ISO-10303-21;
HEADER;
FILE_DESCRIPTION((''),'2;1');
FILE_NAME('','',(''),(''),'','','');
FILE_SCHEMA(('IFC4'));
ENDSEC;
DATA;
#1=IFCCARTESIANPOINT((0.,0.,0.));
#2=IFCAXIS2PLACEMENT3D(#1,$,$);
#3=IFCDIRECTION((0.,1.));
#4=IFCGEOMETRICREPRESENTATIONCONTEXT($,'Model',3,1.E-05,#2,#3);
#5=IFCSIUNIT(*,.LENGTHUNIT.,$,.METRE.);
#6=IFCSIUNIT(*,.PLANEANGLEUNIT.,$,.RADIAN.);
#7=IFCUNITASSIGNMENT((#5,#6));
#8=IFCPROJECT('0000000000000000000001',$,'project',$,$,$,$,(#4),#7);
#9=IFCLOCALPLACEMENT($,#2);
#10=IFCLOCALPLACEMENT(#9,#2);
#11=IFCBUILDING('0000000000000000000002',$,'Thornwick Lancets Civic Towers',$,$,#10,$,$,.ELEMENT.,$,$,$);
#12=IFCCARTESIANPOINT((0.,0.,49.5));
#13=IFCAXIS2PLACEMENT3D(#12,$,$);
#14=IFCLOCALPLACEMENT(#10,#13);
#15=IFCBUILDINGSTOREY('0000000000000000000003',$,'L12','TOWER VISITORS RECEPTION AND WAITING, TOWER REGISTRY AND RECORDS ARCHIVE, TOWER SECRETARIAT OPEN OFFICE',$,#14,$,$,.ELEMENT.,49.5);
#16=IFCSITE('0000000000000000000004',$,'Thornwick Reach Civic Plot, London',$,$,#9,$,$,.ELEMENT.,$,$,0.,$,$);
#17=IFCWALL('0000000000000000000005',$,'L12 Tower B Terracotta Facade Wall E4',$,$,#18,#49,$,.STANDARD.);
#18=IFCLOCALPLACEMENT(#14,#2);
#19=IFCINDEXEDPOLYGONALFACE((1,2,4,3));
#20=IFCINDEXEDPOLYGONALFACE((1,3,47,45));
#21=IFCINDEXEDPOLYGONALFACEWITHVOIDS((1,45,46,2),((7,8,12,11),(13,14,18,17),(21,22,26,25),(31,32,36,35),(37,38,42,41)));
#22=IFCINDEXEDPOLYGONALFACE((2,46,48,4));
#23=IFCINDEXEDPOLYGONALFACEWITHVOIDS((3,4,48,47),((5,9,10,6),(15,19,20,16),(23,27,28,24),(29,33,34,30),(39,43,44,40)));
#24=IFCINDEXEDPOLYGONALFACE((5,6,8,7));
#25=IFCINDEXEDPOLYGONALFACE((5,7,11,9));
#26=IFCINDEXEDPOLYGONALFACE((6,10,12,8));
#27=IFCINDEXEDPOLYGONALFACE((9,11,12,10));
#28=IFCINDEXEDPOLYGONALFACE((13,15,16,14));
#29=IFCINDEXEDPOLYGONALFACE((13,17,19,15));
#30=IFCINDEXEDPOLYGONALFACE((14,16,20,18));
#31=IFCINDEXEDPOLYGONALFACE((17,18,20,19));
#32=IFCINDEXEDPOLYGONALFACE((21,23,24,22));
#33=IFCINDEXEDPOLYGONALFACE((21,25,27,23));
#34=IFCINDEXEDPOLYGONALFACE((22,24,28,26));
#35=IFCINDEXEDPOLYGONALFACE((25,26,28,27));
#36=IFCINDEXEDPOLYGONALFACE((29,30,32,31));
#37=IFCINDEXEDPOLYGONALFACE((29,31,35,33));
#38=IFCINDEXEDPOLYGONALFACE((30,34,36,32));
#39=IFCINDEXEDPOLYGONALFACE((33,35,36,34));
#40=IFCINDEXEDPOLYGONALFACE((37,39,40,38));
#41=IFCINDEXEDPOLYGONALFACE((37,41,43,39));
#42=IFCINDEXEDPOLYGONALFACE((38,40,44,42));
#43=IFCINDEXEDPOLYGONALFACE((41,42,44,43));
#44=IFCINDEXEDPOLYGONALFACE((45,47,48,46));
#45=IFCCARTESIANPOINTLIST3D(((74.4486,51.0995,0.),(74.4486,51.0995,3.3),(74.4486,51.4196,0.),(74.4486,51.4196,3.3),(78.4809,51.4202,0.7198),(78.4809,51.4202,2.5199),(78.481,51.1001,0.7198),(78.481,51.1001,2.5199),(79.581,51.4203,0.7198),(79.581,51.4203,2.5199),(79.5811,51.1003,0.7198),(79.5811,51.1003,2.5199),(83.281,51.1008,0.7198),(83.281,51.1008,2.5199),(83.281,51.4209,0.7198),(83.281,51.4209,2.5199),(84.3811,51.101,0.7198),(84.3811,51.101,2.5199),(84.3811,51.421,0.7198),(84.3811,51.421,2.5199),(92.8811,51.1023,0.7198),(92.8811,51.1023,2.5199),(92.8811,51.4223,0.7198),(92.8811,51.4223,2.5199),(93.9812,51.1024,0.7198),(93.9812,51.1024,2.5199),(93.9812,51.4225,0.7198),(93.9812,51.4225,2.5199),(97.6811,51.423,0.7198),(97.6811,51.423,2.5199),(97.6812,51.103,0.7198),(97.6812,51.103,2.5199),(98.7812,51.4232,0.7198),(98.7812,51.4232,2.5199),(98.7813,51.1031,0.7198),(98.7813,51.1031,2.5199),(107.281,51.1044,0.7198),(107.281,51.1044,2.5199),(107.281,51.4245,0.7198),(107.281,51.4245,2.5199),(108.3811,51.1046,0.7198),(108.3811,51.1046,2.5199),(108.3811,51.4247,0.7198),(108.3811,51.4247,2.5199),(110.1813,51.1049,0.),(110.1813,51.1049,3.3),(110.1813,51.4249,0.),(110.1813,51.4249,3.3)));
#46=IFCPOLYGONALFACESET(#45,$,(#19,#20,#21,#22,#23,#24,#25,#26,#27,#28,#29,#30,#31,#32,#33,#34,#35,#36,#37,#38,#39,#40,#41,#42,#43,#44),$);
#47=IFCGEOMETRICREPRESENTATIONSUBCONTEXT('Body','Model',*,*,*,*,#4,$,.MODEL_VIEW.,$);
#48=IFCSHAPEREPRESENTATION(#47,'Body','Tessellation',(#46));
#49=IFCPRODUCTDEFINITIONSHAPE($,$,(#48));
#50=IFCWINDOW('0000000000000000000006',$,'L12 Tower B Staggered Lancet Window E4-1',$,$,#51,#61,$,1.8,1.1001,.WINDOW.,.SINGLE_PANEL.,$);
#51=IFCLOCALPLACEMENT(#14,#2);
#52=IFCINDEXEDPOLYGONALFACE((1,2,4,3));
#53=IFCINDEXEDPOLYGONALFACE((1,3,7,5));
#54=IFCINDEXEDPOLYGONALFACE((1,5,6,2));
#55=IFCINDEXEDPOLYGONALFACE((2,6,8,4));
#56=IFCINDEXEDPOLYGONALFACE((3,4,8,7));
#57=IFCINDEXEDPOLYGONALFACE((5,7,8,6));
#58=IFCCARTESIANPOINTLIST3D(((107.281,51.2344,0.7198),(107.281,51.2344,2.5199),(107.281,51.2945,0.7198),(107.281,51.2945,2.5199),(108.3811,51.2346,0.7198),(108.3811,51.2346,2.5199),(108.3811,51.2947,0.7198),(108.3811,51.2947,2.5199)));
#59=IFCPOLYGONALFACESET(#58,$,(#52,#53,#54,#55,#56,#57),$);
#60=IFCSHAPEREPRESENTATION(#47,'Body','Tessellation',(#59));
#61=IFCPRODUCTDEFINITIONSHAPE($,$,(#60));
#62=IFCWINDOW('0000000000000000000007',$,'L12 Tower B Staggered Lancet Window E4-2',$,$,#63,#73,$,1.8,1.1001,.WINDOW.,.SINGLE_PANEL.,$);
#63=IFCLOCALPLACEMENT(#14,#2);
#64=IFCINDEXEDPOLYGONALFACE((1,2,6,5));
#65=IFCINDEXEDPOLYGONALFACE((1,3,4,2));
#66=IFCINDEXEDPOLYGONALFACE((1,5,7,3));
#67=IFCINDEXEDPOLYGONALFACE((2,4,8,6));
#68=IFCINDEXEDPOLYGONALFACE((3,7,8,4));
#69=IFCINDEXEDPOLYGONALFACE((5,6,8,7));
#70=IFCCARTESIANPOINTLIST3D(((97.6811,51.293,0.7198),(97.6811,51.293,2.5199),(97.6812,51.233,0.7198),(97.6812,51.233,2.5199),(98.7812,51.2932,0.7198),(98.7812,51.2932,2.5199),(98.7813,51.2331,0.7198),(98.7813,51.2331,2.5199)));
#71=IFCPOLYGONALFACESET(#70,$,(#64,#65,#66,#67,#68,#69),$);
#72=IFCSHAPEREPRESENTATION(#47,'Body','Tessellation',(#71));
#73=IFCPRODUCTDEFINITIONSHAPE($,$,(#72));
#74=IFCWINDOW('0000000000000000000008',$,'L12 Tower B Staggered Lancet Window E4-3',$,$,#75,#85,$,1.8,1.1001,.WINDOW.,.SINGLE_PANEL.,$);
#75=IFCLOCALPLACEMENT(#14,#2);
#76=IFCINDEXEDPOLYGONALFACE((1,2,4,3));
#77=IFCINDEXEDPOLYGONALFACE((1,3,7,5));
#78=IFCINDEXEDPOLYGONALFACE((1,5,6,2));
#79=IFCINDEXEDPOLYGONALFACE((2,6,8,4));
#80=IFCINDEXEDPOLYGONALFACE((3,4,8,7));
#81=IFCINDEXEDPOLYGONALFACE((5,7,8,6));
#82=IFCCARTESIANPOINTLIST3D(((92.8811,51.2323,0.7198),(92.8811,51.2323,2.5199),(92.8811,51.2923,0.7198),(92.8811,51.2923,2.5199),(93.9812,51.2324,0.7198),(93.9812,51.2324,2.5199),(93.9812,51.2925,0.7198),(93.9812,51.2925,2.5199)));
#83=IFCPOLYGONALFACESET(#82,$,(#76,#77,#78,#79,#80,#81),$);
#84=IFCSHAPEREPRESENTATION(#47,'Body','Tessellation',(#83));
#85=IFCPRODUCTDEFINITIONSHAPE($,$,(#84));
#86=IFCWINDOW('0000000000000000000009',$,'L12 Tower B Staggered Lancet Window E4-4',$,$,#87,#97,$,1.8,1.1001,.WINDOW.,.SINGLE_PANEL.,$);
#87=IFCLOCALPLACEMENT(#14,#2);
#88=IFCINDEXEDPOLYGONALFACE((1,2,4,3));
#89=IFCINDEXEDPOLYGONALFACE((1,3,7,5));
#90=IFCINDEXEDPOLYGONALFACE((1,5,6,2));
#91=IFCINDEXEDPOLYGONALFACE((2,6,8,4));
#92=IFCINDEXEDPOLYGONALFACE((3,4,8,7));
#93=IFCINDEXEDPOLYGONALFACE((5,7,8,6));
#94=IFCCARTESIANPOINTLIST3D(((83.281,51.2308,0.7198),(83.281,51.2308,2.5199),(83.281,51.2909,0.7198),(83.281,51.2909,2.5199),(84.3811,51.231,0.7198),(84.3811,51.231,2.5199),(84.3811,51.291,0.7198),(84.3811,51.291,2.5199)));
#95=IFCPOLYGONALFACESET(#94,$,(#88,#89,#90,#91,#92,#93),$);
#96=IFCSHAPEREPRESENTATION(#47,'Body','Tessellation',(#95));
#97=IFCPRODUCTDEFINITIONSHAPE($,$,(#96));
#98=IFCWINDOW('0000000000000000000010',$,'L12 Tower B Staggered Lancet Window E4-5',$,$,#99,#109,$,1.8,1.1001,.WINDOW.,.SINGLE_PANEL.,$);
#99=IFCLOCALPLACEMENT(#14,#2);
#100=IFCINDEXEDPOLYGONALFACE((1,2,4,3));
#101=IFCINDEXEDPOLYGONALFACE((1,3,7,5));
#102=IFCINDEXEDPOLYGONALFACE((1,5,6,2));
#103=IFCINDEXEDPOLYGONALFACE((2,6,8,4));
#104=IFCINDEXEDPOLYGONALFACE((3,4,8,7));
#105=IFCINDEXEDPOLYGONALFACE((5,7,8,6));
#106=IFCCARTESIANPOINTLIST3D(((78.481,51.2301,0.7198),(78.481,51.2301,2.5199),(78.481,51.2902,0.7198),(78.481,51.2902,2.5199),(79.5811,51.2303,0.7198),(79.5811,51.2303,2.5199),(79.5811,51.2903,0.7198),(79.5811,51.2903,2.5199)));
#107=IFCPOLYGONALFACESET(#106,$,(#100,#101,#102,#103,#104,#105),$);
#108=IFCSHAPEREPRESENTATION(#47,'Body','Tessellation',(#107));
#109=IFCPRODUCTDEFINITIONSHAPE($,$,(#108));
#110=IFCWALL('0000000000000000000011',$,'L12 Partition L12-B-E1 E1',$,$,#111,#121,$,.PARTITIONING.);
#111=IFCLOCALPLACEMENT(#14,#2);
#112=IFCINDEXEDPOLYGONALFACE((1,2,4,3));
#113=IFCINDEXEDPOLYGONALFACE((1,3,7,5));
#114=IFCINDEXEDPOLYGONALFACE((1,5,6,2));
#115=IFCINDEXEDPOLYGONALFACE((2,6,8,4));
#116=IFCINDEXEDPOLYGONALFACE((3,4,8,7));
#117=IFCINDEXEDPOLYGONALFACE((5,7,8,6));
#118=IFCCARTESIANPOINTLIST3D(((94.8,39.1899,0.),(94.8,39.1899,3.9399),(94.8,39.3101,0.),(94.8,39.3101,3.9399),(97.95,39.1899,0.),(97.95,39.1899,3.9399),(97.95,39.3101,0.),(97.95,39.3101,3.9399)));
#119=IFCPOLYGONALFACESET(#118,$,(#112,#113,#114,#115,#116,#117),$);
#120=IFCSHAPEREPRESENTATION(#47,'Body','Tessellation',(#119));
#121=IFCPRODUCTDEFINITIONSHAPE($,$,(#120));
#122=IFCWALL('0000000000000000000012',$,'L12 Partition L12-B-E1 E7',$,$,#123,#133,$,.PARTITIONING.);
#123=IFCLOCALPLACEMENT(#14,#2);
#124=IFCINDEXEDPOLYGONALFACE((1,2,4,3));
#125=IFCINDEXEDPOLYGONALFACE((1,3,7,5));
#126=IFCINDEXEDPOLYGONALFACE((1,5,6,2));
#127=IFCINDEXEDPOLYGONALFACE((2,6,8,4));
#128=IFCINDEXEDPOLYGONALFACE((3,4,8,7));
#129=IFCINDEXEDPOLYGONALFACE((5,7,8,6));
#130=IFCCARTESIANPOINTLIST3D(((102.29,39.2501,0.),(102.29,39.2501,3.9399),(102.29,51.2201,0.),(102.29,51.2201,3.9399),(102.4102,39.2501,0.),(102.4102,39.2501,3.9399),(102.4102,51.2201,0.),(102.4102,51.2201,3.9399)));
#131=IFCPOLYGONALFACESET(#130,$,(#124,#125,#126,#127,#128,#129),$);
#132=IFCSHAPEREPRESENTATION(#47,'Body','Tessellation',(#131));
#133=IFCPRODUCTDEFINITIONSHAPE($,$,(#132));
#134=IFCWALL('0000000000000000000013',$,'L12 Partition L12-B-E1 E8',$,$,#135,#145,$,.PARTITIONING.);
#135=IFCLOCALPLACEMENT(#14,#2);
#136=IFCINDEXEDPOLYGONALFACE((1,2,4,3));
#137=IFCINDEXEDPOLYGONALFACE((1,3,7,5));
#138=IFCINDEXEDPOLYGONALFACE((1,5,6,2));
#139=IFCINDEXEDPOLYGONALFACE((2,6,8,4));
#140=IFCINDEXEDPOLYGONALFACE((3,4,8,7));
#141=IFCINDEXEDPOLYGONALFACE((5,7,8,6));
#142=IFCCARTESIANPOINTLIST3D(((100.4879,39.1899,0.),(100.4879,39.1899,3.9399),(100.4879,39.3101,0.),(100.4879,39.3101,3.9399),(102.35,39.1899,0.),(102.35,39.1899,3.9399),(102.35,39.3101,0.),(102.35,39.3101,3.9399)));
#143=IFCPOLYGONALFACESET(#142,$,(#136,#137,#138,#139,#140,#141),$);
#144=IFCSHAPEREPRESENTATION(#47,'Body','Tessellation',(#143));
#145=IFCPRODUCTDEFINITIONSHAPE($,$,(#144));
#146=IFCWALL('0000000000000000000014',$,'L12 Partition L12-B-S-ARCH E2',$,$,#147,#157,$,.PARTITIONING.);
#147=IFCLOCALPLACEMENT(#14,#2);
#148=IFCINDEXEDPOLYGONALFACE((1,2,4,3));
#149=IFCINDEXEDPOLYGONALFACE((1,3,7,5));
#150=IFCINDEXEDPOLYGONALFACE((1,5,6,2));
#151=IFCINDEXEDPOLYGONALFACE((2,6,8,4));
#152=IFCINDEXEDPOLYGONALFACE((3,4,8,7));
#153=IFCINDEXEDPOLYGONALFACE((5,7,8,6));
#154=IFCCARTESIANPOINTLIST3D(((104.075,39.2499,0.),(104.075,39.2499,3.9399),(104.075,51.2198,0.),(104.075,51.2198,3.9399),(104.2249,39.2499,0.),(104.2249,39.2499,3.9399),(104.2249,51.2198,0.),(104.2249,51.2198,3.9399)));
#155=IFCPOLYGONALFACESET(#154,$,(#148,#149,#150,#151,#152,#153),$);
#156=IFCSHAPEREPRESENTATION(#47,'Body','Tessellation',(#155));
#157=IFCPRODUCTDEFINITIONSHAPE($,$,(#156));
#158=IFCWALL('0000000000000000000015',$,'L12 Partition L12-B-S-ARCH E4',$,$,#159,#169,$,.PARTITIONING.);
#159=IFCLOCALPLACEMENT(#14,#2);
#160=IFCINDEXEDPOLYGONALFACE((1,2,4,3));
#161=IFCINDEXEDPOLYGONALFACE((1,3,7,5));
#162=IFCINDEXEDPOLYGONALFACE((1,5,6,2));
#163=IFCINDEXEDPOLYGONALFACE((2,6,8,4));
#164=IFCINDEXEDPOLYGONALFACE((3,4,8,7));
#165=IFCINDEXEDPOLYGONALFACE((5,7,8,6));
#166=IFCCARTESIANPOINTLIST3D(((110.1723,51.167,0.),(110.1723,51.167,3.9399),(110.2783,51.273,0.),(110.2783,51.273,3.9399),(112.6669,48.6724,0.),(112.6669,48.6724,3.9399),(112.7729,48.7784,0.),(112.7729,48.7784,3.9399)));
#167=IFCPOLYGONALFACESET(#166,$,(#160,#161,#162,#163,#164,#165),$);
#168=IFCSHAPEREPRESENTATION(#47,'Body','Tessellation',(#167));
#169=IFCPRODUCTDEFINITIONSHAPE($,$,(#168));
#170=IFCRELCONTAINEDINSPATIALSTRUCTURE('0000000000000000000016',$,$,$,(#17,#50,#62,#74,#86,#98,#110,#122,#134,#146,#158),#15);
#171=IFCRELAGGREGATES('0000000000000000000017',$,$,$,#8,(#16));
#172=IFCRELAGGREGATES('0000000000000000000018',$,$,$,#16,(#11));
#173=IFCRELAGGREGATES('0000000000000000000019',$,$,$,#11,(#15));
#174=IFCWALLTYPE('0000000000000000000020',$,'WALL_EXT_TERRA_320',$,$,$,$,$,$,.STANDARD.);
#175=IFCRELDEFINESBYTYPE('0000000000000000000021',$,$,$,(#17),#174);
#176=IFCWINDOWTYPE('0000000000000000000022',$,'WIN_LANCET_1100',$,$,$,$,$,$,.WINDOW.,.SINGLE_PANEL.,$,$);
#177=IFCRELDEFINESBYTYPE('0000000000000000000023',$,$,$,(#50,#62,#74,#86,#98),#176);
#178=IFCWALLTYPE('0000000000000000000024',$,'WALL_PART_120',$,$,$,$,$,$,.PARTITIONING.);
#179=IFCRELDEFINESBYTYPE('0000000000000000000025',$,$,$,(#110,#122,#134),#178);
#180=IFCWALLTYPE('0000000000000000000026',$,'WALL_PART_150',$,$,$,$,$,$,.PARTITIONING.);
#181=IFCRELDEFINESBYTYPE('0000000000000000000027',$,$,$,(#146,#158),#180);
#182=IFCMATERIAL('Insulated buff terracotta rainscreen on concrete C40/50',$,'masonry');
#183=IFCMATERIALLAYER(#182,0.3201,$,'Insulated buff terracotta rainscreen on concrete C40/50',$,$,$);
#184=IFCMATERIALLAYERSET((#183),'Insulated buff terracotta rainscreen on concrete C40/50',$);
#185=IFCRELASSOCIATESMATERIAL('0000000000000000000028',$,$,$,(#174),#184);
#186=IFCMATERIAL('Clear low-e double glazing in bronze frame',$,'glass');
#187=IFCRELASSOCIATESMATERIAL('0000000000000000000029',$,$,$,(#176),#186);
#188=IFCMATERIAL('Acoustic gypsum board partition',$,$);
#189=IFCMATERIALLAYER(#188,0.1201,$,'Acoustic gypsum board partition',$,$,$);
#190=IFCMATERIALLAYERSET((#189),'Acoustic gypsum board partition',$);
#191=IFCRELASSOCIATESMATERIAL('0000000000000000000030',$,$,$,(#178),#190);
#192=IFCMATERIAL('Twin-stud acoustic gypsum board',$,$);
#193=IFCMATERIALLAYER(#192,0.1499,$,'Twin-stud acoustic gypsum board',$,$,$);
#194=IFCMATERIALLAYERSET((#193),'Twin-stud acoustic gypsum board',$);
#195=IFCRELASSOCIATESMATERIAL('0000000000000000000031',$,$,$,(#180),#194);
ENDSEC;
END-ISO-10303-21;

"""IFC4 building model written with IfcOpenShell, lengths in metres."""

from ifc_helpers import new_model, si_unit, direction, frame, frame_2d, origin, place, context, subcontext, project, spatial, rectangle, extrude, material, layer, layer_set, type_object, element, fill, save


model = new_model("IFC4")

# Units and contexts
model_context = context("Model", 3, precision=1e-05, world=origin(), true_north=direction((0.0, 1.0)))
body_context = subcontext(model_context, "Body", "Model", "MODEL_VIEW")
ifc_project = project(units=[si_unit("LENGTHUNIT", "METRE"), si_unit("PLANEANGLEUNIT", "RADIAN")], contexts=[model_context])

# Site, building, storey
site_placement = place(None, origin())
site = spatial("IfcSite", under=ifc_project, at=site_placement, Name="Thornwick Reach Civic Plot, London", CompositionType="ELEMENT", RefElevation=0.0)
building_placement = place(site_placement, origin())
building = spatial("IfcBuilding", under=site, at=building_placement, Name="Thornwick Lancets Civic Towers", CompositionType="ELEMENT")
storey_placement = place(building_placement, frame((0.0, 0.0, 49.5)))
storey = spatial("IfcBuildingStorey", under=building, at=storey_placement, Name="L12", Description="TOWER VISITORS RECEPTION AND WAITING, TOWER REGISTRY AND RECORDS ARCHIVE, TOWER SECRETARIAT OPEN OFFICE", CompositionType="ELEMENT", Elevation=49.5)

# Wall, openings, windows
ifc_material_1 = material(Name="Insulated buff terracotta rainscreen on concrete C40/50", Category="masonry")
ifc_layer_1 = layer(ifc_material_1, 0.3201, Name="Insulated buff terracotta rainscreen on concrete C40/50")
ifc_layer_set_1 = layer_set([ifc_layer_1], Name="Insulated buff terracotta rainscreen on concrete C40/50")
wall_type_1 = type_object("IfcWallType", Name="WALL_EXT_TERRA_320", PredefinedType="STANDARD", material=ifc_layer_set_1)
wall_1_placement = place(storey_placement, frame((110.1812, 51.2649, 0.0), z_axis=(0.0, 0.0, 1.0), x_axis=(-1.0, -0.00015, 0.0)))
wall_1 = element("IfcWall", 1, at=wall_1_placement, inside=storey, type_object=wall_type_1, Name="L12 Tower B Terracotta Facade Wall E4", PredefinedType="STANDARD", context=body_context, shape_type="SweptSolid", body=[
    extrude(rectangle(XDim=35.7327, YDim=0.3201, at=frame_2d((17.8662, 0.0))), origin(), (0.0, 0.0, 1.0), 3.3),
])
opening_1_placement = place(wall_1_placement, frame((1.8, 0.0, 0.72)))
opening_1 = element("IfcOpeningElement", 2, at=opening_1_placement, cuts=wall_1, PredefinedType="OPENING", context=body_context, shape_type="SweptSolid", body=[
    extrude(rectangle(XDim=1.1001, YDim=1.8, at=frame_2d((0.55, 0.8999))), frame((0.0, 0.1699, 0.0), z_axis=(0.0, -1.0, 0.0), x_axis=(1.0, 0.0, 0.0)), (0.0, 0.0, 1.0), 0.3401),
])
opening_2_placement = place(wall_1_placement, frame((11.3999, 0.0, 0.72)))
opening_2 = element("IfcOpeningElement", 3, at=opening_2_placement, cuts=wall_1, PredefinedType="OPENING", context=body_context, shape_type="SweptSolid", body=[
    extrude(rectangle(XDim=1.1001, YDim=1.8, at=frame_2d((0.55, 0.8999))), frame((0.0, 0.1699, 0.0), z_axis=(0.0, -1.0, 0.0), x_axis=(1.0, 0.0, 0.0)), (0.0, 0.0, 1.0), 0.3401),
])
opening_3_placement = place(wall_1_placement, frame((16.2, 0.0, 0.72)))
opening_3 = element("IfcOpeningElement", 4, at=opening_3_placement, cuts=wall_1, PredefinedType="OPENING", context=body_context, shape_type="SweptSolid", body=[
    extrude(rectangle(XDim=1.1001, YDim=1.8, at=frame_2d((0.55, 0.8999))), frame((0.0, 0.1699, 0.0), z_axis=(0.0, -1.0, 0.0), x_axis=(1.0, 0.0, 0.0)), (0.0, 0.0, 1.0), 0.3401),
])
opening_4_placement = place(wall_1_placement, frame((25.8, 0.0, 0.72)))
opening_4 = element("IfcOpeningElement", 5, at=opening_4_placement, cuts=wall_1, PredefinedType="OPENING", context=body_context, shape_type="SweptSolid", body=[
    extrude(rectangle(XDim=1.1001, YDim=1.8, at=frame_2d((0.55, 0.8999))), frame((0.0, 0.1699, 0.0), z_axis=(0.0, -1.0, 0.0), x_axis=(1.0, 0.0, 0.0)), (0.0, 0.0, 1.0), 0.3401),
])
opening_5_placement = place(wall_1_placement, frame((30.6001, 0.0, 0.72)))
opening_5 = element("IfcOpeningElement", 6, at=opening_5_placement, cuts=wall_1, PredefinedType="OPENING", context=body_context, shape_type="SweptSolid", body=[
    extrude(rectangle(XDim=1.1001, YDim=1.8, at=frame_2d((0.55, 0.8999))), frame((0.0, 0.1699, 0.0), z_axis=(0.0, -1.0, 0.0), x_axis=(1.0, 0.0, 0.0)), (0.0, 0.0, 1.0), 0.3401),
])
ifc_material_2 = material(Name="Clear low-e double glazing in bronze frame", Category="glass")
window_type = type_object("IfcWindowType", Name="WIN_LANCET_1100", PartitioningType="SINGLE_PANEL", PredefinedType="WINDOW", material=ifc_material_2)
window_1_placement = place(opening_1_placement, origin())
window_1 = element("IfcWindow", 7, at=window_1_placement, inside=storey, type_object=window_type, Name="L12 Tower B Staggered Lancet Window E4-1", OverallHeight=1.8, OverallWidth=1.1001, PartitioningType="SINGLE_PANEL", PredefinedType="WINDOW", context=body_context, shape_type="SweptSolid", body=[
    extrude(rectangle(XDim=1.1001, YDim=1.8, at=frame_2d((0.55, 0.8999))), frame((0.0, 0.03, 0.0), z_axis=(0.0, -1.0, 0.0), x_axis=(1.0, 0.0, 0.0)), (0.0, 0.0, 1.0), 0.0601),
])
fill(opening_1, window_1)
window_2_placement = place(opening_2_placement, origin())
window_2 = element("IfcWindow", 8, at=window_2_placement, inside=storey, type_object=window_type, Name="L12 Tower B Staggered Lancet Window E4-2", OverallHeight=1.8, OverallWidth=1.1001, PartitioningType="SINGLE_PANEL", PredefinedType="WINDOW", context=body_context, shape_type="SweptSolid", body=[
    extrude(rectangle(XDim=1.1001, YDim=1.8, at=frame_2d((0.55, 0.8999))), frame((0.0, 0.03, 0.0), z_axis=(0.0, -1.0, 0.0), x_axis=(1.0, 0.0, 0.0)), (0.0, 0.0, 1.0), 0.0601),
])
fill(opening_2, window_2)
window_3_placement = place(opening_3_placement, origin())
window_3 = element("IfcWindow", 9, at=window_3_placement, inside=storey, type_object=window_type, Name="L12 Tower B Staggered Lancet Window E4-3", OverallHeight=1.8, OverallWidth=1.1001, PartitioningType="SINGLE_PANEL", PredefinedType="WINDOW", context=body_context, shape_type="SweptSolid", body=[
    extrude(rectangle(XDim=1.1001, YDim=1.8, at=frame_2d((0.55, 0.8999))), frame((0.0, 0.03, 0.0), z_axis=(0.0, -1.0, 0.0), x_axis=(1.0, 0.0, 0.0)), (0.0, 0.0, 1.0), 0.0601),
])
fill(opening_3, window_3)
window_4_placement = place(opening_4_placement, origin())
window_4 = element("IfcWindow", 10, at=window_4_placement, inside=storey, type_object=window_type, Name="L12 Tower B Staggered Lancet Window E4-4", OverallHeight=1.8, OverallWidth=1.1001, PartitioningType="SINGLE_PANEL", PredefinedType="WINDOW", context=body_context, shape_type="SweptSolid", body=[
    extrude(rectangle(XDim=1.1001, YDim=1.8, at=frame_2d((0.55, 0.8999))), frame((0.0, 0.03, 0.0), z_axis=(0.0, -1.0, 0.0), x_axis=(1.0, 0.0, 0.0)), (0.0, 0.0, 1.0), 0.0601),
])
fill(opening_4, window_4)
window_5_placement = place(opening_5_placement, origin())
window_5 = element("IfcWindow", 11, at=window_5_placement, inside=storey, type_object=window_type, Name="L12 Tower B Staggered Lancet Window E4-5", OverallHeight=1.8, OverallWidth=1.1001, PartitioningType="SINGLE_PANEL", PredefinedType="WINDOW", context=body_context, shape_type="SweptSolid", body=[
    extrude(rectangle(XDim=1.1001, YDim=1.8, at=frame_2d((0.55, 0.8999))), frame((0.0, 0.03, 0.0), z_axis=(0.0, -1.0, 0.0), x_axis=(1.0, 0.0, 0.0)), (0.0, 0.0, 1.0), 0.0601),
])
fill(opening_5, window_5)

# Walls
ifc_material_3 = material(Name="Acoustic gypsum board partition")
ifc_layer_2 = layer(ifc_material_3, 0.1201, Name="Acoustic gypsum board partition")
ifc_layer_set_2 = layer_set([ifc_layer_2], Name="Acoustic gypsum board partition")
wall_type_2 = type_object("IfcWallType", Name="WALL_PART_120", PredefinedType="PARTITIONING", material=ifc_layer_set_2)
wall_2_placement = place(storey_placement, frame((97.95, 39.25, 0.0), z_axis=(0.0, 0.0, 1.0), x_axis=(-1.0, 0.0, 0.0)))
element("IfcWall", 12, at=wall_2_placement, inside=storey, type_object=wall_type_2, Name="L12 Partition L12-B-E1 E1", PredefinedType="PARTITIONING", context=body_context, shape_type="SweptSolid", body=[
    extrude(rectangle(XDim=3.1499, YDim=0.1201, at=frame_2d((1.575, 0.0))), origin(), (0.0, 0.0, 1.0), 3.9399),
])
wall_3_placement = place(storey_placement, frame((102.3501, 51.22, 0.0), z_axis=(0.0, 0.0, 1.0), x_axis=(0.0, -1.0, 0.0)))
element("IfcWall", 13, at=wall_3_placement, inside=storey, type_object=wall_type_2, Name="L12 Partition L12-B-E1 E7", PredefinedType="PARTITIONING", context=body_context, shape_type="SweptSolid", body=[
    extrude(rectangle(XDim=11.97, YDim=0.1201, at=frame_2d((5.9849, 0.0))), origin(), (0.0, 0.0, 1.0), 3.9399),
])
wall_4_placement = place(storey_placement, frame((102.3501, 39.25, 0.0), z_axis=(0.0, 0.0, 1.0), x_axis=(-1.0, 0.0, 0.0)))
element("IfcWall", 14, at=wall_4_placement, inside=storey, type_object=wall_type_2, Name="L12 Partition L12-B-E1 E8", PredefinedType="PARTITIONING", context=body_context, shape_type="SweptSolid", body=[
    extrude(rectangle(XDim=1.8621, YDim=0.1201, at=frame_2d((0.9312, 0.0))), origin(), (0.0, 0.0, 1.0), 3.9399),
])
ifc_material_4 = material(Name="Twin-stud acoustic gypsum board")
ifc_layer_3 = layer(ifc_material_4, 0.1499, Name="Twin-stud acoustic gypsum board")
ifc_layer_set_3 = layer_set([ifc_layer_3], Name="Twin-stud acoustic gypsum board")
wall_type_3 = type_object("IfcWallType", Name="WALL_PART_150", PredefinedType="PARTITIONING", material=ifc_layer_set_3)
wall_5_placement = place(storey_placement, frame((104.1499, 39.25, 0.0), z_axis=(0.0, 0.0, 1.0), x_axis=(0.0, 1.0, 0.0)))
element("IfcWall", 15, at=wall_5_placement, inside=storey, type_object=wall_type_3, Name="L12 Partition L12-B-S-ARCH E2", PredefinedType="PARTITIONING", context=body_context, shape_type="SweptSolid", body=[
    extrude(rectangle(XDim=11.97, YDim=0.1499, at=frame_2d((5.9849, 0.0))), origin(), (0.0, 0.0, 1.0), 3.9399),
])
wall_6_placement = place(storey_placement, frame((110.2253, 51.22, 0.0), z_axis=(0.0, 0.0, 1.0), x_axis=(0.707107, -0.707107, 0.0)))
element("IfcWall", 16, at=wall_6_placement, inside=storey, type_object=wall_type_3, Name="L12 Partition L12-B-S-ARCH E4", PredefinedType="PARTITIONING", context=body_context, shape_type="SweptSolid", body=[
    extrude(rectangle(XDim=3.5278, YDim=0.1499, at=frame_2d((1.7639, 0.0))), origin(), (0.0, 0.0, 1.0), 3.9399),
])

save(model, "model.ifc")
